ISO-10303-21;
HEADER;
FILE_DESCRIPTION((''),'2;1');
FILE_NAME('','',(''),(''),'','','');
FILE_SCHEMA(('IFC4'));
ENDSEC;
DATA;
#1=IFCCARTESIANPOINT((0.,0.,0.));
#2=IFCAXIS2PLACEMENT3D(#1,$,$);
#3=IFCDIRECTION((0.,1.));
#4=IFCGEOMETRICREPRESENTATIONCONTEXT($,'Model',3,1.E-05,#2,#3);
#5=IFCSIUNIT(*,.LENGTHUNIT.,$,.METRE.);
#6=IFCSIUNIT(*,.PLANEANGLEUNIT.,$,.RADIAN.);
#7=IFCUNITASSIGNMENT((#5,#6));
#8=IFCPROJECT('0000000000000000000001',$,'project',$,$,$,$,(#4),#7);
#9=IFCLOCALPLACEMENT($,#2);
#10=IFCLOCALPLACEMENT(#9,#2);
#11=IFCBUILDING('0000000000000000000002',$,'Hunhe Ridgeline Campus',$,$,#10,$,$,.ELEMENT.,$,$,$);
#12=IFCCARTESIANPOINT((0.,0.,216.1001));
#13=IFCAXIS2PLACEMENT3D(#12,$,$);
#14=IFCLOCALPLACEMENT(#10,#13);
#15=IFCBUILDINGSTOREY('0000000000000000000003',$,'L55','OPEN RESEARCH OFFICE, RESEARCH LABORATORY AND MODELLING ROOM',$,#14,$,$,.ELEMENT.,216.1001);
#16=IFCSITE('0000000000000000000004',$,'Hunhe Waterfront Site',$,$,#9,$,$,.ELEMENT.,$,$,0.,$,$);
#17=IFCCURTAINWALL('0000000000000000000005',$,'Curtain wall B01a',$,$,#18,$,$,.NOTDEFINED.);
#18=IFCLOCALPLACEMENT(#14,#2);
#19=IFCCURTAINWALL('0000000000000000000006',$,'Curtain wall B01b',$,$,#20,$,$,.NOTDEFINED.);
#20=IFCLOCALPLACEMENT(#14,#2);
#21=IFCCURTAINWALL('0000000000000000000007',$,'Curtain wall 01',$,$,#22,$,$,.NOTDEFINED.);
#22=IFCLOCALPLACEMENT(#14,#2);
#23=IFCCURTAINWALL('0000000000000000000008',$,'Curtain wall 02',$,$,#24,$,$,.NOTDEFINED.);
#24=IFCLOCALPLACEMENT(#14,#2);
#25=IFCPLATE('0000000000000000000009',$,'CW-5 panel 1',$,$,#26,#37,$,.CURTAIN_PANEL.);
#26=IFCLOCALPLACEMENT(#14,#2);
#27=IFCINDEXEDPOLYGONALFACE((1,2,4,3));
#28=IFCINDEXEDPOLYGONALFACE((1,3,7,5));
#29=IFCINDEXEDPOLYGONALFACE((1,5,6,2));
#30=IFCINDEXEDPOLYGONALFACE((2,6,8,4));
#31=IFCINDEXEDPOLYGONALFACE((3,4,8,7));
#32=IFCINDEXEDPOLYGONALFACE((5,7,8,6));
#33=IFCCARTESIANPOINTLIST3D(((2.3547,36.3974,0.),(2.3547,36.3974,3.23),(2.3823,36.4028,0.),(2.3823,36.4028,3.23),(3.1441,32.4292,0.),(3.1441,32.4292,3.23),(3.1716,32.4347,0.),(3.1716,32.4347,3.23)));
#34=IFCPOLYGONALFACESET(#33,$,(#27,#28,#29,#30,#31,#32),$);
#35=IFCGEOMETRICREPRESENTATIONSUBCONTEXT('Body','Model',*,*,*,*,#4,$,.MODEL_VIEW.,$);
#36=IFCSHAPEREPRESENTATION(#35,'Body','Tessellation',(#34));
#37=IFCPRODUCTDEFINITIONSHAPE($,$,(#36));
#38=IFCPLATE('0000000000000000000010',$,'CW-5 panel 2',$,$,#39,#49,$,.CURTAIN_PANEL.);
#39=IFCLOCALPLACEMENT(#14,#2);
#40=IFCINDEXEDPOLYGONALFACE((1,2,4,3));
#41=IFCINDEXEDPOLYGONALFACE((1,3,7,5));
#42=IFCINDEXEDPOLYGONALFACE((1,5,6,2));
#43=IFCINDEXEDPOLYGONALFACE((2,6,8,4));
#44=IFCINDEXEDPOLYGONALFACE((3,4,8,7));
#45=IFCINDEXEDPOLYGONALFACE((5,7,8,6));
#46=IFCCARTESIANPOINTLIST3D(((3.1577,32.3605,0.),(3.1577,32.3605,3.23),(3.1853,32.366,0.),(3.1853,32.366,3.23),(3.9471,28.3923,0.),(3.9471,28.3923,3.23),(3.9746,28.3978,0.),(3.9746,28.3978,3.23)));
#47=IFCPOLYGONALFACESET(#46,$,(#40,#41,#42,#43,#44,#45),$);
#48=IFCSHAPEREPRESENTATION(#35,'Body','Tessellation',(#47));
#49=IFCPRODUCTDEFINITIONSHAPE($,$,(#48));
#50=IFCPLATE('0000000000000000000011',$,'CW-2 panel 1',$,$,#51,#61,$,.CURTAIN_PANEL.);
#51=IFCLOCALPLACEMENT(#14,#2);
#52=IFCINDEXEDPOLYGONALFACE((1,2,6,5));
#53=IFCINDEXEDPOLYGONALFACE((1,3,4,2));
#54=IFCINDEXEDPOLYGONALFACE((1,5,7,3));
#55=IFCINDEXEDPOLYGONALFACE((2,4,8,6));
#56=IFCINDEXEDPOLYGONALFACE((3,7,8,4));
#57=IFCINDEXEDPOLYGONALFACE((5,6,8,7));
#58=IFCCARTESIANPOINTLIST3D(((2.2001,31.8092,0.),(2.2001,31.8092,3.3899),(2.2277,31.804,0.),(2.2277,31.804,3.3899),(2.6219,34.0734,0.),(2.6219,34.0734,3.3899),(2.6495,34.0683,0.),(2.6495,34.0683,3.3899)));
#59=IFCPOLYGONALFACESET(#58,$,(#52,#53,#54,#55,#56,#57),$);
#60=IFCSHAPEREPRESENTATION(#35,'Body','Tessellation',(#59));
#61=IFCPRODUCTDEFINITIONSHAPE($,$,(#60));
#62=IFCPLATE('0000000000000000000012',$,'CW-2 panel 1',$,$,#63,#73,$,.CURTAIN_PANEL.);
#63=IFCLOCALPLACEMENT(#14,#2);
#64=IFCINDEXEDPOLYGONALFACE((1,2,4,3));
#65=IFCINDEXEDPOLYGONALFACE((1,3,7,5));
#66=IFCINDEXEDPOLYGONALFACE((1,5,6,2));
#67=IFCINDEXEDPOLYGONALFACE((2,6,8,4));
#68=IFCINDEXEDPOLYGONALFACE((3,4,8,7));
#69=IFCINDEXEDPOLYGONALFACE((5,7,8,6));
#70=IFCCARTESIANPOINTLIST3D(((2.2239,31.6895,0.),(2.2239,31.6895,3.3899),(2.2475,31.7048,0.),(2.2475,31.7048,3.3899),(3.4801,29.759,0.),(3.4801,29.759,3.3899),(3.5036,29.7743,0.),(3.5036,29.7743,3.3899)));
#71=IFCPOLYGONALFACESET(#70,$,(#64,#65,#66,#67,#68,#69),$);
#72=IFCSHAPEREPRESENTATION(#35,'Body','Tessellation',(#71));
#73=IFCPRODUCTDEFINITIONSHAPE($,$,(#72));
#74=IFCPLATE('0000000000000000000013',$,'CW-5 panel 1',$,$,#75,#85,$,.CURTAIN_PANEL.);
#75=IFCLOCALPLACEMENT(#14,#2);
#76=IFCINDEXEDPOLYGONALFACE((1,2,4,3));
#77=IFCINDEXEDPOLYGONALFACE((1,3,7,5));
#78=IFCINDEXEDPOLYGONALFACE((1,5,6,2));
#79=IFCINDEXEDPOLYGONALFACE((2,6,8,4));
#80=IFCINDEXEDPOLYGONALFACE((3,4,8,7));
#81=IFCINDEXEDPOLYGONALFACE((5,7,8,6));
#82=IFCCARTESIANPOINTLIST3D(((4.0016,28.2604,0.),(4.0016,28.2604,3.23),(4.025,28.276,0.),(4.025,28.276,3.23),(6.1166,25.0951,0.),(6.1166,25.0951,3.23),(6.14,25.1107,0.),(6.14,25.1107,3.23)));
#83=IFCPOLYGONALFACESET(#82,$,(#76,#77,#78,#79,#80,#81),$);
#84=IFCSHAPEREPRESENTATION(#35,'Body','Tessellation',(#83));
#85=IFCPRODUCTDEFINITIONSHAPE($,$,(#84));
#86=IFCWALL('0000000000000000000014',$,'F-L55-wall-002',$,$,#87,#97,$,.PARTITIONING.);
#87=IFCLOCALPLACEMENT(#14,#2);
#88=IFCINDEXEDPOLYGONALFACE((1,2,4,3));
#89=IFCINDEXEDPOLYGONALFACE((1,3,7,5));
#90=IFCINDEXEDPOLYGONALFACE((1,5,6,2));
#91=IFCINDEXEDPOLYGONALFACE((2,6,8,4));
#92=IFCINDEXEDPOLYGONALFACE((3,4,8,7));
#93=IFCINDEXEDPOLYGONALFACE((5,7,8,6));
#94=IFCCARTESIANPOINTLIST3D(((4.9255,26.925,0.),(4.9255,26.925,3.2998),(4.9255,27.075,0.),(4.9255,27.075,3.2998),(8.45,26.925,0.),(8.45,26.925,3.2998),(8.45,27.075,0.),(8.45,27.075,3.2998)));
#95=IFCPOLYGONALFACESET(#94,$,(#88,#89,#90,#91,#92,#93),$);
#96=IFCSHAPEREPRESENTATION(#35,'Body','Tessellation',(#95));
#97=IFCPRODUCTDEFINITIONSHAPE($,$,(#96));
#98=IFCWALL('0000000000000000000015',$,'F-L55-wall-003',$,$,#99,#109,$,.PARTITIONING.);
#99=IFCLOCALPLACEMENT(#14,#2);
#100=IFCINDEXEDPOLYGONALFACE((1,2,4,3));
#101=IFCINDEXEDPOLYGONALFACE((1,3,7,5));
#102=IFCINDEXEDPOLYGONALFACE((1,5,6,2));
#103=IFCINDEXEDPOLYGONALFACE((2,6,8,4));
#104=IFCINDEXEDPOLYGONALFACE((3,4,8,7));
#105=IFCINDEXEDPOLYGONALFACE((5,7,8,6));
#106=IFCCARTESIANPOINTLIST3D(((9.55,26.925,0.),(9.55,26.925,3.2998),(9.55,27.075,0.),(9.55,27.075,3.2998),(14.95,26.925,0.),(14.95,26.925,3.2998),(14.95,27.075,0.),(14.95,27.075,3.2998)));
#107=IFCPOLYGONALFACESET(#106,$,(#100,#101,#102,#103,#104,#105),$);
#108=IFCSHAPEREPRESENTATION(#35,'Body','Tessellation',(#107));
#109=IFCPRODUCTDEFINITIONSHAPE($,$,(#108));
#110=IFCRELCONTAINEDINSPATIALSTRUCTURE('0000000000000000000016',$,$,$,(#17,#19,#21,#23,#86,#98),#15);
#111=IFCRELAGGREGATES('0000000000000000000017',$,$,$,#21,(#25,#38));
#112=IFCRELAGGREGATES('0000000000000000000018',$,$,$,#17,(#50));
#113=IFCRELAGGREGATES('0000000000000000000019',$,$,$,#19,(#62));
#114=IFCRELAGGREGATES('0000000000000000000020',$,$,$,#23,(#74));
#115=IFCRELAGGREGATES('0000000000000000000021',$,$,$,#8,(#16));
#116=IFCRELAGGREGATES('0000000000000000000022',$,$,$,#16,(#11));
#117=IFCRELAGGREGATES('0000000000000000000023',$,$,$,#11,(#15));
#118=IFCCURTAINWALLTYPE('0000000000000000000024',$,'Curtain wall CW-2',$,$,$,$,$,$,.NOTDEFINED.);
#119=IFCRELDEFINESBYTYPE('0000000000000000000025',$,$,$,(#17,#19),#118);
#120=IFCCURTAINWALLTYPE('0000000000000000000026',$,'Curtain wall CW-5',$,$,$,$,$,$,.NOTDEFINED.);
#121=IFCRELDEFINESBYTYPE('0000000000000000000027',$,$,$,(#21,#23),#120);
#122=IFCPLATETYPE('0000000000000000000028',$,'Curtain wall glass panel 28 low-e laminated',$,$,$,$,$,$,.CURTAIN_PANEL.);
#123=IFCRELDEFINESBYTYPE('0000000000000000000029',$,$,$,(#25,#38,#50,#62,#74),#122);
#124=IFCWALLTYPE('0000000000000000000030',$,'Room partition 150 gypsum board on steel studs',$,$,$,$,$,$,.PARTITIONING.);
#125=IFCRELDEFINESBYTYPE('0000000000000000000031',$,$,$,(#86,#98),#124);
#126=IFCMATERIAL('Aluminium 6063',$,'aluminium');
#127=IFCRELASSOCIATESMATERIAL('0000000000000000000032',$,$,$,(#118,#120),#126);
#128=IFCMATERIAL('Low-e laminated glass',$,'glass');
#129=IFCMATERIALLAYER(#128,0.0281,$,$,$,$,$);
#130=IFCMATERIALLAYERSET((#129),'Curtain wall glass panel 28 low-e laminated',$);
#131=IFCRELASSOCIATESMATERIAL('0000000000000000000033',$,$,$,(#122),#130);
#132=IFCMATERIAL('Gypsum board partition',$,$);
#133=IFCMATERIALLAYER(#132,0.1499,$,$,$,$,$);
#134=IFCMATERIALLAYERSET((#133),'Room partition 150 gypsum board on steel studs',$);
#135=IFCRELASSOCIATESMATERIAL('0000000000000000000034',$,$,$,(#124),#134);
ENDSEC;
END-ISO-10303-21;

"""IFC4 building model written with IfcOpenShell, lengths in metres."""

from ifc_helpers import new_model, si_unit, direction, frame, frame_2d, origin, origin_2d, place, context, subcontext, project, spatial, rectangle, extrude, material, layer, layer_set, type_object, element, aggregate, save


model = new_model("IFC4")

# Units and contexts
model_context = context("Model", 3, precision=1e-05, world=origin(), true_north=direction((0.0, 1.0)))
body_context = subcontext(model_context, "Body", "Model", "MODEL_VIEW")
ifc_project = project(units=[si_unit("LENGTHUNIT", "METRE"), si_unit("PLANEANGLEUNIT", "RADIAN")], contexts=[model_context])

# Site, building, storey
site_placement = place(None, origin())
site = spatial("IfcSite", under=ifc_project, at=site_placement, Name="Hunhe Waterfront Site", CompositionType="ELEMENT", RefElevation=0.0)
building_placement = place(site_placement, origin())
building = spatial("IfcBuilding", under=site, at=building_placement, Name="Hunhe Ridgeline Campus", CompositionType="ELEMENT")
storey_placement = place(building_placement, frame((0.0, 0.0, 216.1001)))
storey = spatial("IfcBuildingStorey", under=building, at=storey_placement, Name="L55", Description="OPEN RESEARCH OFFICE, RESEARCH LABORATORY AND MODELLING ROOM", CompositionType="ELEMENT", Elevation=216.1001)

# Curtain walls
ifc_material_1 = material(Name="Aluminium 6063", Category="aluminium")
curtain_wall_type_1 = type_object("IfcCurtainWallType", Name="Curtain wall CW-2", PredefinedType="NOTDEFINED", material=ifc_material_1)
curtain_wall_1_placement = place(storey_placement, origin())
curtain_wall_1 = element("IfcCurtainWall", 1, at=curtain_wall_1_placement, inside=storey, type_object=curtain_wall_type_1, Name="Curtain wall B01a", PredefinedType="NOTDEFINED")
curtain_wall_2_placement = place(storey_placement, origin())
curtain_wall_2 = element("IfcCurtainWall", 2, at=curtain_wall_2_placement, inside=storey, type_object=curtain_wall_type_1, Name="Curtain wall B01b", PredefinedType="NOTDEFINED")

# Curtain walls
curtain_wall_type_2 = type_object("IfcCurtainWallType", Name="Curtain wall CW-5", PredefinedType="NOTDEFINED", material=ifc_material_1)
curtain_wall_3_placement = place(storey_placement, origin())
curtain_wall_3 = element("IfcCurtainWall", 3, at=curtain_wall_3_placement, inside=storey, type_object=curtain_wall_type_2, Name="Curtain wall 01", PredefinedType="NOTDEFINED")
curtain_wall_4_placement = place(storey_placement, origin())
curtain_wall_4 = element("IfcCurtainWall", 4, at=curtain_wall_4_placement, inside=storey, type_object=curtain_wall_type_2, Name="Curtain wall 02", PredefinedType="NOTDEFINED")

# Plates
ifc_material_2 = material(Name="Low-e laminated glass", Category="glass")
ifc_layer_1 = layer(ifc_material_2, 0.0281)
ifc_layer_set_1 = layer_set([ifc_layer_1], Name="Curtain wall glass panel 28 low-e laminated")
plate_type = type_object("IfcPlateType", Name="Curtain wall glass panel 28 low-e laminated", PredefinedType="CURTAIN_PANEL", material=ifc_layer_set_1)
plate_1_placement = place(storey_placement, frame((2.7632, 34.416, 0.0), z_axis=(0.0, 0.0, 1.0), x_axis=(0.195095, -0.980784, 0.0)))
plate_1 = element("IfcPlate", 5, at=plate_1_placement, type_object=plate_type, Name="CW-5 panel 1", PredefinedType="CURTAIN_PANEL", context=body_context, shape_type="SweptSolid", body=[
    extrude(rectangle(XDim=4.0459, YDim=0.0281, at=origin_2d()), origin(), (0.0, 0.0, 1.0), 3.23),
])
plate_2_placement = place(storey_placement, frame((3.5662, 30.3792, 0.0), z_axis=(0.0, 0.0, 1.0), x_axis=(0.195095, -0.980784, 0.0)))
plate_2 = element("IfcPlate", 6, at=plate_2_placement, type_object=plate_type, Name="CW-5 panel 2", PredefinedType="CURTAIN_PANEL", context=body_context, shape_type="SweptSolid", body=[
    extrude(rectangle(XDim=4.0459, YDim=0.0281, at=origin_2d()), origin(), (0.0, 0.0, 1.0), 3.23),
])
aggregate(curtain_wall_3, [plate_1, plate_2])
plate_3_placement = place(storey_placement, frame((2.4248, 32.9387, 0.0), z_axis=(0.0, 0.0, 1.0), x_axis=(-0.183113, -0.983092, 0.0)))
plate_3 = element("IfcPlate", 7, at=plate_3_placement, type_object=plate_type, Name="CW-2 panel 1", PredefinedType="CURTAIN_PANEL", context=body_context, shape_type="SweptSolid", body=[
    extrude(rectangle(XDim=2.3032, YDim=0.0281, at=origin_2d()), origin(), (0.0, 0.0, 1.0), 3.3899),
])
aggregate(curtain_wall_1, [plate_3])
plate_4_placement = place(storey_placement, frame((2.8638, 30.7319, 0.0), z_axis=(0.0, 0.0, 1.0), x_axis=(0.545395, -0.838179, 0.0)))
plate_4 = element("IfcPlate", 8, at=plate_4_placement, type_object=plate_type, Name="CW-2 panel 1", PredefinedType="CURTAIN_PANEL", context=body_context, shape_type="SweptSolid", body=[
    extrude(rectangle(XDim=2.3032, YDim=0.0281, at=origin_2d()), origin(), (0.0, 0.0, 1.0), 3.3899),
])
aggregate(curtain_wall_2, [plate_4])
plate_5_placement = place(storey_placement, frame((5.0708, 26.6855, 0.0), z_axis=(0.0, 0.0, 1.0), x_axis=(0.55557, -0.83147, 0.0)))
plate_5 = element("IfcPlate", 9, at=plate_5_placement, type_object=plate_type, Name="CW-5 panel 1", PredefinedType="CURTAIN_PANEL", context=body_context, shape_type="SweptSolid", body=[
    extrude(rectangle(XDim=3.8069, YDim=0.0281, at=origin_2d()), origin(), (0.0, 0.0, 1.0), 3.23),
])
aggregate(curtain_wall_4, [plate_5])

# Walls
ifc_material_3 = material(Name="Gypsum board partition")
ifc_layer_2 = layer(ifc_material_3, 0.1499)
ifc_layer_set_2 = layer_set([ifc_layer_2], Name="Room partition 150 gypsum board on steel studs")
wall_type = type_object("IfcWallType", Name="Room partition 150 gypsum board on steel studs", PredefinedType="PARTITIONING", material=ifc_layer_set_2)
wall_1_placement = place(storey_placement, frame((4.9255, 27.0, 0.0), z_axis=(0.0, 0.0, 1.0), x_axis=(1.0, 0.0, 0.0)))
element("IfcWall", 10, at=wall_1_placement, inside=storey, type_object=wall_type, Name="F-L55-wall-002", PredefinedType="PARTITIONING", context=body_context, shape_type="SweptSolid", body=[
    extrude(rectangle(XDim=3.5244, YDim=0.1499, at=frame_2d((1.7622, 0.0))), origin(), (0.0, 0.0, 1.0), 3.2998),
])
wall_2_placement = place(storey_placement, frame((9.55, 27.0, 0.0), z_axis=(0.0, 0.0, 1.0), x_axis=(1.0, 0.0, 0.0)))
element("IfcWall", 11, at=wall_2_placement, inside=storey, type_object=wall_type, Name="F-L55-wall-003", PredefinedType="PARTITIONING", context=body_context, shape_type="SweptSolid", body=[
    extrude(rectangle(XDim=5.3999, YDim=0.1499, at=frame_2d((2.7, 0.0))), origin(), (0.0, 0.0, 1.0), 3.2998),
])

save(model, "model.ifc")
